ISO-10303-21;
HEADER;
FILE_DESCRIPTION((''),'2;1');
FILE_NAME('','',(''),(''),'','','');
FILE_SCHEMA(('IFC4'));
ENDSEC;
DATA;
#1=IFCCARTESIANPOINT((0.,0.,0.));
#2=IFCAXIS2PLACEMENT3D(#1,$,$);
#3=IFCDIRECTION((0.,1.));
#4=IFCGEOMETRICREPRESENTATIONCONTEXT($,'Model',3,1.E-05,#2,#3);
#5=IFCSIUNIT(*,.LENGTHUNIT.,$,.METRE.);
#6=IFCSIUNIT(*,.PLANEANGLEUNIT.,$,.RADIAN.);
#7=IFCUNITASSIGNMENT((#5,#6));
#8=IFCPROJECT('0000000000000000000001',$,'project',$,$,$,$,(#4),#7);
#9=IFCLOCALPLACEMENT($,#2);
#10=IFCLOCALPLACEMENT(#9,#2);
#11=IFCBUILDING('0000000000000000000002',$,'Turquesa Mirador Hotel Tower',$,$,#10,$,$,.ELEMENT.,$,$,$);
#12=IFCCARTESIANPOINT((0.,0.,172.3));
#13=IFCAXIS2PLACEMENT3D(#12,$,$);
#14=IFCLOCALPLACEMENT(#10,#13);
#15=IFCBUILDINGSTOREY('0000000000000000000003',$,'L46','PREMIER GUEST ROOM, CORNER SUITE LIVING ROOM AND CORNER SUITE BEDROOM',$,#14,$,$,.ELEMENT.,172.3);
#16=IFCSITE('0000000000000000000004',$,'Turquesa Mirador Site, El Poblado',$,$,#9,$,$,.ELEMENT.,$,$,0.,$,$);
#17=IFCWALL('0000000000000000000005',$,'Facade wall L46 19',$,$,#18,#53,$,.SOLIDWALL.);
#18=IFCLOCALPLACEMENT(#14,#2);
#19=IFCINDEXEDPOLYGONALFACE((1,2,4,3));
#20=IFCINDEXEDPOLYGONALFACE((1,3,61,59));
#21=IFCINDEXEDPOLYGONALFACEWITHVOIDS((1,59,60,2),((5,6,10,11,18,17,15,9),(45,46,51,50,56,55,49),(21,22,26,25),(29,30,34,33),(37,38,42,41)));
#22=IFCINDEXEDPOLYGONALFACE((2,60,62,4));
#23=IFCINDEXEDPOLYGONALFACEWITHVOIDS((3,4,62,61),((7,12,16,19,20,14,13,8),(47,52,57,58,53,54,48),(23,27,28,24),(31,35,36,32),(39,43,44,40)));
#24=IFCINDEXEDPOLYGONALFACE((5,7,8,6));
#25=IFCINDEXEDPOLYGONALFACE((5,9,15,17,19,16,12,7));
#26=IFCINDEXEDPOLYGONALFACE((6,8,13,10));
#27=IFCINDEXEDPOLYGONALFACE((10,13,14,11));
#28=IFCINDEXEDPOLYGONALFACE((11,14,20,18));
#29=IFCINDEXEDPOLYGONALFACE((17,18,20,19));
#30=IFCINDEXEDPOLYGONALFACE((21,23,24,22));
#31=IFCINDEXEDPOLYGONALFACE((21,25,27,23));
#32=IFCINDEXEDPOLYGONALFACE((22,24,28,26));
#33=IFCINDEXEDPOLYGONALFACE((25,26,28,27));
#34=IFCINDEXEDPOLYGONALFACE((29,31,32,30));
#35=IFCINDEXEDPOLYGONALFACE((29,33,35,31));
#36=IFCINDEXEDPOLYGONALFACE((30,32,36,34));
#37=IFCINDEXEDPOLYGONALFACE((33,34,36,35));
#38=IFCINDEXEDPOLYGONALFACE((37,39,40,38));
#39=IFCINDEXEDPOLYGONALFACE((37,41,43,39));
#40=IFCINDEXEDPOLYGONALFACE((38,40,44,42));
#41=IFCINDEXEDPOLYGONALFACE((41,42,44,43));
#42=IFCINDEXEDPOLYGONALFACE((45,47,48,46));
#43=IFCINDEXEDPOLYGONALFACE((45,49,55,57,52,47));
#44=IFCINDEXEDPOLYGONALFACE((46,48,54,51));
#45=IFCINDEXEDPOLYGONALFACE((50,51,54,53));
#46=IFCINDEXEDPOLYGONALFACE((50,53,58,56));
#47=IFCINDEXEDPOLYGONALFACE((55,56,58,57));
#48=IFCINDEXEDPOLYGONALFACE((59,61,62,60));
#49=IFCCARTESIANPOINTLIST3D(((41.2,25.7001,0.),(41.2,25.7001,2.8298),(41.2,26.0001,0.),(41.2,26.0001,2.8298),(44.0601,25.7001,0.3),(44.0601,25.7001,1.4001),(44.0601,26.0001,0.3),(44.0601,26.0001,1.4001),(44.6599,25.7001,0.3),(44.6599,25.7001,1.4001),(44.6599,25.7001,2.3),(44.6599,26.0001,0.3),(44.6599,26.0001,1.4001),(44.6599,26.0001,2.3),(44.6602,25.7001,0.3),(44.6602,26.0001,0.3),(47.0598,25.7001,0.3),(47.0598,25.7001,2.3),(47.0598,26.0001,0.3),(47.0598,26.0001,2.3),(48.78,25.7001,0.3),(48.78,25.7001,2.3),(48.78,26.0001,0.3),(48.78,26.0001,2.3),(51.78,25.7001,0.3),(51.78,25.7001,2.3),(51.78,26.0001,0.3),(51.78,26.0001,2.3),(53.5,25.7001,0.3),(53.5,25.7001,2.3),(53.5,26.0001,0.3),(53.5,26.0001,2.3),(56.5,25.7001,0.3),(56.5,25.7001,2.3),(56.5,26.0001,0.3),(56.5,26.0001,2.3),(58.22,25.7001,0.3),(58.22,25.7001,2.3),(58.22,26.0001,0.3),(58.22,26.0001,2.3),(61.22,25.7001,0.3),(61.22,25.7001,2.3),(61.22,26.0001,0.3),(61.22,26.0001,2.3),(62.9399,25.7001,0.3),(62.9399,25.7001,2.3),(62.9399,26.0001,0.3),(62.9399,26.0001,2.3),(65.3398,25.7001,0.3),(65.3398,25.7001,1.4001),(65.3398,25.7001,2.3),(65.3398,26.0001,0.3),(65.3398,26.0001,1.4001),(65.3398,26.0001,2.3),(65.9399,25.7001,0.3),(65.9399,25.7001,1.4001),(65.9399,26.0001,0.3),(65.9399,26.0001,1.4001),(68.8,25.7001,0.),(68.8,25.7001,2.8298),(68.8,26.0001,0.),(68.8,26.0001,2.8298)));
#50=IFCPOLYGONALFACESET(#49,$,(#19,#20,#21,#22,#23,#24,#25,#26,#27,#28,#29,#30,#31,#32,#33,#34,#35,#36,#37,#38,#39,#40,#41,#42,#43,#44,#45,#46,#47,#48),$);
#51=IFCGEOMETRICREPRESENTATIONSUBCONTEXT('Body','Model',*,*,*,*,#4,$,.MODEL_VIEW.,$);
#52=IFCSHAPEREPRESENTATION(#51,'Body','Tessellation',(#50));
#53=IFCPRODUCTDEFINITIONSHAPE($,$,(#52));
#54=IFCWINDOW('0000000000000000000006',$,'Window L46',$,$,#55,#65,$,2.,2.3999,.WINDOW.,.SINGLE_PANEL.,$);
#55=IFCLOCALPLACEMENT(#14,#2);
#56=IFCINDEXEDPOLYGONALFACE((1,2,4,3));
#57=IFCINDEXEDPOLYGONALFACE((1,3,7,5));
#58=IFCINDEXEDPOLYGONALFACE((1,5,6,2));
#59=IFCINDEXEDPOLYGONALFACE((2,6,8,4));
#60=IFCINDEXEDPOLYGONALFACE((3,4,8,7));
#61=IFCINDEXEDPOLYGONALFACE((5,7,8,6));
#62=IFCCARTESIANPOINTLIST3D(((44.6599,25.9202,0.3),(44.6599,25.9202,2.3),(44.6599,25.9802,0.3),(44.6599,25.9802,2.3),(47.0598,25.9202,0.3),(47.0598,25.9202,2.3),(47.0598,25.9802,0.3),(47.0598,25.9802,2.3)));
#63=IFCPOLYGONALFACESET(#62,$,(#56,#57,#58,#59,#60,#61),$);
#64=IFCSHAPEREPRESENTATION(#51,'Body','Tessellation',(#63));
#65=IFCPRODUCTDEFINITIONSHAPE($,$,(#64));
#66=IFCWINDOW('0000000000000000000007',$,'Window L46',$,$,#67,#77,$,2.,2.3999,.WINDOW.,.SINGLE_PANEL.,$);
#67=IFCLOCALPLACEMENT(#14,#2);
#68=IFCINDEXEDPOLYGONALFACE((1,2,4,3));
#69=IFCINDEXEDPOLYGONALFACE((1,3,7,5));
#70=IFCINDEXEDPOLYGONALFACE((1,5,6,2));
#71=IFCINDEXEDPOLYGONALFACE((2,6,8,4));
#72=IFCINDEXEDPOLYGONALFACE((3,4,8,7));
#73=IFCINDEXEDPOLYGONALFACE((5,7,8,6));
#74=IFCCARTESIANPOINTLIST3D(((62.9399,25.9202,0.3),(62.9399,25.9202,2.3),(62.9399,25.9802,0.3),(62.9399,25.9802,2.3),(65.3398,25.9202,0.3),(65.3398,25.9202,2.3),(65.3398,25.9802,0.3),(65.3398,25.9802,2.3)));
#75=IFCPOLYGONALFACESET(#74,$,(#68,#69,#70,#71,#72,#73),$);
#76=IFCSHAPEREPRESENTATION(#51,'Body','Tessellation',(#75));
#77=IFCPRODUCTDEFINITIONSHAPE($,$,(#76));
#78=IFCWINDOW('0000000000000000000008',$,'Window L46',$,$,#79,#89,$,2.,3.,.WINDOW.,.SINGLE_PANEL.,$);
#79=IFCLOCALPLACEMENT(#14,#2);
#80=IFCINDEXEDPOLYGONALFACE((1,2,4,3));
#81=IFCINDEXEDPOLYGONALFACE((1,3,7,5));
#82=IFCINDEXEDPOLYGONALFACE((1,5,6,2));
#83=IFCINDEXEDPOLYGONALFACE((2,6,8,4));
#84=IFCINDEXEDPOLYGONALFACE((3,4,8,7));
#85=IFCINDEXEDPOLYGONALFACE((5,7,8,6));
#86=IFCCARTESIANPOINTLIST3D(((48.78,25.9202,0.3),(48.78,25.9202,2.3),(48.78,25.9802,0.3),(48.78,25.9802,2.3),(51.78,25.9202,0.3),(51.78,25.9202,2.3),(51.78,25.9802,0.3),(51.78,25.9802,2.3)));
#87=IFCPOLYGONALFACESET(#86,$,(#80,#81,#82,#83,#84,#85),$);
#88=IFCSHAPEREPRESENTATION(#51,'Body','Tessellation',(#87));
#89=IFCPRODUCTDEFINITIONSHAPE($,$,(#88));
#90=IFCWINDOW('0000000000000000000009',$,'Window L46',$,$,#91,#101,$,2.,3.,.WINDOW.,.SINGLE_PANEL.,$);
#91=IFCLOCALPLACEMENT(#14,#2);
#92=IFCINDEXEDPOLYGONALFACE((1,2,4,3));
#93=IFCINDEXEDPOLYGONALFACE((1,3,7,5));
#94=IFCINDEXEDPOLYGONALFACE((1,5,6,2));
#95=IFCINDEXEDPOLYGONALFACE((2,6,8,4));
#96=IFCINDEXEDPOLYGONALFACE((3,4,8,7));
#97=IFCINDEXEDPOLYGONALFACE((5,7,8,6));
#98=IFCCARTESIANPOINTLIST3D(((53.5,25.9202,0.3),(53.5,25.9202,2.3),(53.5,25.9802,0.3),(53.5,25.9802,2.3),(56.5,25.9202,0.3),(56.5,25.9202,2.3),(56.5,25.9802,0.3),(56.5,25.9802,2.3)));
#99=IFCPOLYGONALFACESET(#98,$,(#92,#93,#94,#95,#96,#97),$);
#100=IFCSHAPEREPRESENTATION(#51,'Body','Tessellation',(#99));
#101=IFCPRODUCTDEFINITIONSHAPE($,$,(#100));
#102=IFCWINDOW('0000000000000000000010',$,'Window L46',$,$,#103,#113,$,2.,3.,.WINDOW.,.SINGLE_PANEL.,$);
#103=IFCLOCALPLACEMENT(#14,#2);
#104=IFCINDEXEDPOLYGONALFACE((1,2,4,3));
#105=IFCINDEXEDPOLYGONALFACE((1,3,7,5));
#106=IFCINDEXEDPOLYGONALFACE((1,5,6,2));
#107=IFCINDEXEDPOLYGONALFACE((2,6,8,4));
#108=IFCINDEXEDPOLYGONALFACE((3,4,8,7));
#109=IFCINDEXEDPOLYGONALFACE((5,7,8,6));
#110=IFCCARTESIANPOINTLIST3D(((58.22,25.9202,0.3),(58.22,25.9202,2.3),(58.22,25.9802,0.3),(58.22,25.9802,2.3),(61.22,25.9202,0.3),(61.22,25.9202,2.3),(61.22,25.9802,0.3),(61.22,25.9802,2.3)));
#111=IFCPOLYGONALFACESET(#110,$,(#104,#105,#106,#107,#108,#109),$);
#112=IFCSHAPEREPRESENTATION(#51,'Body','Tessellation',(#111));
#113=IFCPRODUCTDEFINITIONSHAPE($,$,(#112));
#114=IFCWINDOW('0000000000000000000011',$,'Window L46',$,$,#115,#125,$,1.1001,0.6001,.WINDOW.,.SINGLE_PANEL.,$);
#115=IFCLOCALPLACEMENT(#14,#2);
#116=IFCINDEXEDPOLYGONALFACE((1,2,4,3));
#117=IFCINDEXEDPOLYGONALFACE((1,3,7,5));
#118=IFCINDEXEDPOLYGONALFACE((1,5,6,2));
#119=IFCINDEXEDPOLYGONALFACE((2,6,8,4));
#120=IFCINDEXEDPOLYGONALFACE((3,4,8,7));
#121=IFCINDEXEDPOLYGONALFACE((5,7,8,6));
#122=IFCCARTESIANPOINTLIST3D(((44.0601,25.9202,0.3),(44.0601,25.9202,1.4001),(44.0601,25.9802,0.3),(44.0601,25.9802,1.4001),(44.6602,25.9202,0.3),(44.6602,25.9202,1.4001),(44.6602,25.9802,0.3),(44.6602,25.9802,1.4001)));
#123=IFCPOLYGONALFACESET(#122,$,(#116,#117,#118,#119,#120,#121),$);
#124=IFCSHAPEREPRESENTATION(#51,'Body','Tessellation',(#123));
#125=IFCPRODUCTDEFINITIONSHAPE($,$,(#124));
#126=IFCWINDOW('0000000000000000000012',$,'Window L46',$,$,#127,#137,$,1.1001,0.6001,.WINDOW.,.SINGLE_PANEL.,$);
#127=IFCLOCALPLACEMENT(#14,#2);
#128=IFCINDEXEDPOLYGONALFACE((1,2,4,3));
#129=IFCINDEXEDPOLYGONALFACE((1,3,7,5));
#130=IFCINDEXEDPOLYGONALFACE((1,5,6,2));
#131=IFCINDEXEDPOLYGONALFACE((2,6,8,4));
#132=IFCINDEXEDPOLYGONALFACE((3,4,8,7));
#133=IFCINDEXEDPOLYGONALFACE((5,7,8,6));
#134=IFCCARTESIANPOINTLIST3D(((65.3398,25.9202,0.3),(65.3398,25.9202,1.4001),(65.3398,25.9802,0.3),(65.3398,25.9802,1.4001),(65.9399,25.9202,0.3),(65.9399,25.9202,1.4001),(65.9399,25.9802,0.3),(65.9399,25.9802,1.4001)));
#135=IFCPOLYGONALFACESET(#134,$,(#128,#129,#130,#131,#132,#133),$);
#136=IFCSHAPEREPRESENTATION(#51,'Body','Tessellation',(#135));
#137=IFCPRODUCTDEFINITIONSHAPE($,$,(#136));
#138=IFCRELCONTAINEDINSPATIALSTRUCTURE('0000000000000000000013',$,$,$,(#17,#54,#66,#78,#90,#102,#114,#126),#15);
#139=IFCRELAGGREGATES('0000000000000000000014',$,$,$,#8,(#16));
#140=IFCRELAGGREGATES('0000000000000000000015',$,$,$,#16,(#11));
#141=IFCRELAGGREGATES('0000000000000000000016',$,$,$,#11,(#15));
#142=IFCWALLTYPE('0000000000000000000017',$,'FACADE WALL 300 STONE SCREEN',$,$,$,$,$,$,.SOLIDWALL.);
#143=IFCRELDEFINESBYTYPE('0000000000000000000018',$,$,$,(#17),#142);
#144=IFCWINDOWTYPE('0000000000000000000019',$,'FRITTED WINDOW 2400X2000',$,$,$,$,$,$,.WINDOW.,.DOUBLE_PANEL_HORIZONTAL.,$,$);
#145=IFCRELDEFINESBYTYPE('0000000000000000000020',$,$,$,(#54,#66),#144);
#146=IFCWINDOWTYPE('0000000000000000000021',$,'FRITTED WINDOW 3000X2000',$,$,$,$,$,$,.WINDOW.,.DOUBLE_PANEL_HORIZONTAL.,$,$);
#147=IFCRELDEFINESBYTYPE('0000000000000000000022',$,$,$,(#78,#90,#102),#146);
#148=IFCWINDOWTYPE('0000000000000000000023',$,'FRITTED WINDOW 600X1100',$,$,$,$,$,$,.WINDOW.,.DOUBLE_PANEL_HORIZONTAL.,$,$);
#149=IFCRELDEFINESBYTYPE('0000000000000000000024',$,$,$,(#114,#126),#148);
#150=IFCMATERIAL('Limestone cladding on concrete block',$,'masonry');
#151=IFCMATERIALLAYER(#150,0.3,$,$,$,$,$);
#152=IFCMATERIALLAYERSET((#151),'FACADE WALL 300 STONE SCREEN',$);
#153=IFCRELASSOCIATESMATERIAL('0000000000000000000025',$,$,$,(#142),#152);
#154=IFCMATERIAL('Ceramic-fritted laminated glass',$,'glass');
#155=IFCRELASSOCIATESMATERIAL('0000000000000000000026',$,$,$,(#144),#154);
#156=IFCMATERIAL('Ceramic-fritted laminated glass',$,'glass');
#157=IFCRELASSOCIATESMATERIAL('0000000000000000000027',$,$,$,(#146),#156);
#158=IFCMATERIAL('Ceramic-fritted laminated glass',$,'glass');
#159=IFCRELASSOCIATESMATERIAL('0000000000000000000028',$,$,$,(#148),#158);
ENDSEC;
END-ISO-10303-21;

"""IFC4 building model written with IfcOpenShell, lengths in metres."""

from ifc_helpers import new_model, si_unit, direction, frame, frame_2d, origin, place, context, subcontext, project, spatial, rectangle, extrude, material, layer, layer_set, type_object, element, fill, save


model = new_model("IFC4")

# Units and contexts
model_context = context("Model", 3, precision=1e-05, world=origin(), true_north=direction((0.0, 1.0)))
body_context = subcontext(model_context, "Body", "Model", "MODEL_VIEW")
ifc_project = project(units=[si_unit("LENGTHUNIT", "METRE"), si_unit("PLANEANGLEUNIT", "RADIAN")], contexts=[model_context])

# Site, building, storey
site_placement = place(None, origin())
site = spatial("IfcSite", under=ifc_project, at=site_placement, Name="Turquesa Mirador Site, El Poblado", CompositionType="ELEMENT", RefElevation=0.0)
building_placement = place(site_placement, origin())
building = spatial("IfcBuilding", under=site, at=building_placement, Name="Turquesa Mirador Hotel Tower", CompositionType="ELEMENT")
storey_placement = place(building_placement, frame((0.0, 0.0, 172.3)))
storey = spatial("IfcBuildingStorey", under=building, at=storey_placement, Name="L46", Description="PREMIER GUEST ROOM, CORNER SUITE LIVING ROOM AND CORNER SUITE BEDROOM", CompositionType="ELEMENT", Elevation=172.3)

# Shared definitions
ifc_material_1 = material(Name="Limestone cladding on concrete block", Category="masonry")
ifc_layer_1 = layer(ifc_material_1, 0.3)
ifc_layer_set_1 = layer_set([ifc_layer_1], Name="FACADE WALL 300 STONE SCREEN")
wall_type_1 = type_object("IfcWallType", Name="FACADE WALL 300 STONE SCREEN", PredefinedType="SOLIDWALL", material=ifc_layer_set_1)

# Wall, openings, windows
wall_1_placement = place(storey_placement, frame((41.2, 25.8501, 0.0), z_axis=(0.0, 0.0, 1.0), x_axis=(1.0, 0.0, 0.0)))
wall_1 = element("IfcWall", 1, at=wall_1_placement, inside=storey, type_object=wall_type_1, Name="Facade wall L46 19", PredefinedType="SOLIDWALL", context=body_context, shape_type="SweptSolid", body=[
    extrude(rectangle(XDim=27.6001, YDim=0.3, at=frame_2d((13.8, 0.0))), origin(), (0.0, 0.0, 1.0), 2.8298),
])
opening_1_placement = place(wall_1_placement, frame((3.46, 0.0, 0.3)))
opening_1 = element("IfcOpeningElement", 2, at=opening_1_placement, cuts=wall_1, PredefinedType="OPENING", context=body_context, shape_type="SweptSolid", body=[
    extrude(rectangle(XDim=2.3999, YDim=2.0, at=frame_2d((1.2, 1.0))), frame((0.0, 0.1599, 0.0), z_axis=(0.0, -1.0, 0.0), x_axis=(1.0, 0.0, 0.0)), (0.0, 0.0, 1.0), 0.3201),
])
opening_2_placement = place(wall_1_placement, frame((7.5801, 0.0, 0.3)))
opening_2 = element("IfcOpeningElement", 3, at=opening_2_placement, cuts=wall_1, PredefinedType="OPENING", context=body_context, shape_type="SweptSolid", body=[
    extrude(rectangle(XDim=3.0, YDim=2.0, at=frame_2d((1.5, 1.0))), frame((0.0, 0.1599, 0.0), z_axis=(0.0, -1.0, 0.0), x_axis=(1.0, 0.0, 0.0)), (0.0, 0.0, 1.0), 0.3201),
])
opening_3_placement = place(wall_1_placement, frame((12.3, 0.0, 0.3)))
opening_3 = element("IfcOpeningElement", 4, at=opening_3_placement, cuts=wall_1, PredefinedType="OPENING", context=body_context, shape_type="SweptSolid", body=[
    extrude(rectangle(XDim=3.0, YDim=2.0, at=frame_2d((1.5, 1.0))), frame((0.0, 0.1599, 0.0), z_axis=(0.0, -1.0, 0.0), x_axis=(1.0, 0.0, 0.0)), (0.0, 0.0, 1.0), 0.3201),
])
opening_4_placement = place(wall_1_placement, frame((17.02, 0.0, 0.3)))
opening_4 = element("IfcOpeningElement", 5, at=opening_4_placement, cuts=wall_1, PredefinedType="OPENING", context=body_context, shape_type="SweptSolid", body=[
    extrude(rectangle(XDim=3.0, YDim=2.0, at=frame_2d((1.5, 1.0))), frame((0.0, 0.1599, 0.0), z_axis=(0.0, -1.0, 0.0), x_axis=(1.0, 0.0, 0.0)), (0.0, 0.0, 1.0), 0.3201),
])
opening_5_placement = place(wall_1_placement, frame((21.74, 0.0, 0.3)))
opening_5 = element("IfcOpeningElement", 6, at=opening_5_placement, cuts=wall_1, PredefinedType="OPENING", context=body_context, shape_type="SweptSolid", body=[
    extrude(rectangle(XDim=2.3999, YDim=2.0, at=frame_2d((1.2, 1.0))), frame((0.0, 0.1599, 0.0), z_axis=(0.0, -1.0, 0.0), x_axis=(1.0, 0.0, 0.0)), (0.0, 0.0, 1.0), 0.3201),
])
opening_6_placement = place(wall_1_placement, frame((2.8601, 0.0, 0.3)))
opening_6 = element("IfcOpeningElement", 7, at=opening_6_placement, cuts=wall_1, PredefinedType="OPENING", context=body_context, shape_type="SweptSolid", body=[
    extrude(rectangle(XDim=0.6001, YDim=1.1001, at=frame_2d((0.3, 0.55))), frame((0.0, 0.1599, 0.0), z_axis=(0.0, -1.0, 0.0), x_axis=(1.0, 0.0, 0.0)), (0.0, 0.0, 1.0), 0.3201),
])
opening_7_placement = place(wall_1_placement, frame((24.1399, 0.0, 0.3)))
opening_7 = element("IfcOpeningElement", 8, at=opening_7_placement, cuts=wall_1, PredefinedType="OPENING", context=body_context, shape_type="SweptSolid", body=[
    extrude(rectangle(XDim=0.6001, YDim=1.1001, at=frame_2d((0.3, 0.55))), frame((0.0, 0.1599, 0.0), z_axis=(0.0, -1.0, 0.0), x_axis=(1.0, 0.0, 0.0)), (0.0, 0.0, 1.0), 0.3201),
])
ifc_material_2 = material(Name="Ceramic-fritted laminated glass", Category="glass")
window_type_1 = type_object("IfcWindowType", Name="FRITTED WINDOW 2400X2000", PartitioningType="DOUBLE_PANEL_HORIZONTAL", PredefinedType="WINDOW", material=ifc_material_2)
window_1_placement = place(opening_1_placement, origin())
window_1 = element("IfcWindow", 9, at=window_1_placement, inside=storey, type_object=window_type_1, Name="Window L46", OverallHeight=2.0, OverallWidth=2.3999, PartitioningType="SINGLE_PANEL", PredefinedType="WINDOW", context=body_context, shape_type="SweptSolid", body=[
    extrude(rectangle(XDim=2.3999, YDim=2.0, at=frame_2d((1.2, 1.0))), frame((0.0, 0.1301, 0.0), z_axis=(0.0, -1.0, 0.0), x_axis=(1.0, 0.0, 0.0)), (0.0, 0.0, 1.0), 0.0601),
])
fill(opening_1, window_1)
window_2_placement = place(opening_5_placement, origin())
window_2 = element("IfcWindow", 10, at=window_2_placement, inside=storey, type_object=window_type_1, Name="Window L46", OverallHeight=2.0, OverallWidth=2.3999, PartitioningType="SINGLE_PANEL", PredefinedType="WINDOW", context=body_context, shape_type="SweptSolid", body=[
    extrude(rectangle(XDim=2.3999, YDim=2.0, at=frame_2d((1.2, 1.0))), frame((0.0, 0.1301, 0.0), z_axis=(0.0, -1.0, 0.0), x_axis=(1.0, 0.0, 0.0)), (0.0, 0.0, 1.0), 0.0601),
])
fill(opening_5, window_2)
ifc_material_3 = material(Name="Ceramic-fritted laminated glass", Category="glass")
window_type_2 = type_object("IfcWindowType", Name="FRITTED WINDOW 3000X2000", PartitioningType="DOUBLE_PANEL_HORIZONTAL", PredefinedType="WINDOW", material=ifc_material_3)
window_3_placement = place(opening_2_placement, origin())
window_3 = element("IfcWindow", 11, at=window_3_placement, inside=storey, type_object=window_type_2, Name="Window L46", OverallHeight=2.0, OverallWidth=3.0, PartitioningType="SINGLE_PANEL", PredefinedType="WINDOW", context=body_context, shape_type="SweptSolid", body=[
    extrude(rectangle(XDim=3.0, YDim=2.0, at=frame_2d((1.5, 1.0))), frame((0.0, 0.1301, 0.0), z_axis=(0.0, -1.0, 0.0), x_axis=(1.0, 0.0, 0.0)), (0.0, 0.0, 1.0), 0.0601),
])
fill(opening_2, window_3)
window_4_placement = place(opening_3_placement, origin())
window_4 = element("IfcWindow", 12, at=window_4_placement, inside=storey, type_object=window_type_2, Name="Window L46", OverallHeight=2.0, OverallWidth=3.0, PartitioningType="SINGLE_PANEL", PredefinedType="WINDOW", context=body_context, shape_type="SweptSolid", body=[
    extrude(rectangle(XDim=3.0, YDim=2.0, at=frame_2d((1.5, 1.0))), frame((0.0, 0.1301, 0.0), z_axis=(0.0, -1.0, 0.0), x_axis=(1.0, 0.0, 0.0)), (0.0, 0.0, 1.0), 0.0601),
])
fill(opening_3, window_4)
window_5_placement = place(opening_4_placement, origin())
window_5 = element("IfcWindow", 13, at=window_5_placement, inside=storey, type_object=window_type_2, Name="Window L46", OverallHeight=2.0, OverallWidth=3.0, PartitioningType="SINGLE_PANEL", PredefinedType="WINDOW", context=body_context, shape_type="SweptSolid", body=[
    extrude(rectangle(XDim=3.0, YDim=2.0, at=frame_2d((1.5, 1.0))), frame((0.0, 0.1301, 0.0), z_axis=(0.0, -1.0, 0.0), x_axis=(1.0, 0.0, 0.0)), (0.0, 0.0, 1.0), 0.0601),
])
fill(opening_4, window_5)
ifc_material_4 = material(Name="Ceramic-fritted laminated glass", Category="glass")
window_type_3 = type_object("IfcWindowType", Name="FRITTED WINDOW 600X1100", PartitioningType="DOUBLE_PANEL_HORIZONTAL", PredefinedType="WINDOW", material=ifc_material_4)
window_6_placement = place(opening_6_placement, origin())
window_6 = element("IfcWindow", 14, at=window_6_placement, inside=storey, type_object=window_type_3, Name="Window L46", OverallHeight=1.1001, OverallWidth=0.6001, PartitioningType="SINGLE_PANEL", PredefinedType="WINDOW", context=body_context, shape_type="SweptSolid", body=[
    extrude(rectangle(XDim=0.6001, YDim=1.1001, at=frame_2d((0.3, 0.55))), frame((0.0, 0.1301, 0.0), z_axis=(0.0, -1.0, 0.0), x_axis=(1.0, 0.0, 0.0)), (0.0, 0.0, 1.0), 0.0601),
])
fill(opening_6, window_6)
window_7_placement = place(opening_7_placement, origin())
window_7 = element("IfcWindow", 15, at=window_7_placement, inside=storey, type_object=window_type_3, Name="Window L46", OverallHeight=1.1001, OverallWidth=0.6001, PartitioningType="SINGLE_PANEL", PredefinedType="WINDOW", context=body_context, shape_type="SweptSolid", body=[
    extrude(rectangle(XDim=0.6001, YDim=1.1001, at=frame_2d((0.3, 0.55))), frame((0.0, 0.1301, 0.0), z_axis=(0.0, -1.0, 0.0), x_axis=(1.0, 0.0, 0.0)), (0.0, 0.0, 1.0), 0.0601),
])
fill(opening_7, window_7)

save(model, "model.ifc")
